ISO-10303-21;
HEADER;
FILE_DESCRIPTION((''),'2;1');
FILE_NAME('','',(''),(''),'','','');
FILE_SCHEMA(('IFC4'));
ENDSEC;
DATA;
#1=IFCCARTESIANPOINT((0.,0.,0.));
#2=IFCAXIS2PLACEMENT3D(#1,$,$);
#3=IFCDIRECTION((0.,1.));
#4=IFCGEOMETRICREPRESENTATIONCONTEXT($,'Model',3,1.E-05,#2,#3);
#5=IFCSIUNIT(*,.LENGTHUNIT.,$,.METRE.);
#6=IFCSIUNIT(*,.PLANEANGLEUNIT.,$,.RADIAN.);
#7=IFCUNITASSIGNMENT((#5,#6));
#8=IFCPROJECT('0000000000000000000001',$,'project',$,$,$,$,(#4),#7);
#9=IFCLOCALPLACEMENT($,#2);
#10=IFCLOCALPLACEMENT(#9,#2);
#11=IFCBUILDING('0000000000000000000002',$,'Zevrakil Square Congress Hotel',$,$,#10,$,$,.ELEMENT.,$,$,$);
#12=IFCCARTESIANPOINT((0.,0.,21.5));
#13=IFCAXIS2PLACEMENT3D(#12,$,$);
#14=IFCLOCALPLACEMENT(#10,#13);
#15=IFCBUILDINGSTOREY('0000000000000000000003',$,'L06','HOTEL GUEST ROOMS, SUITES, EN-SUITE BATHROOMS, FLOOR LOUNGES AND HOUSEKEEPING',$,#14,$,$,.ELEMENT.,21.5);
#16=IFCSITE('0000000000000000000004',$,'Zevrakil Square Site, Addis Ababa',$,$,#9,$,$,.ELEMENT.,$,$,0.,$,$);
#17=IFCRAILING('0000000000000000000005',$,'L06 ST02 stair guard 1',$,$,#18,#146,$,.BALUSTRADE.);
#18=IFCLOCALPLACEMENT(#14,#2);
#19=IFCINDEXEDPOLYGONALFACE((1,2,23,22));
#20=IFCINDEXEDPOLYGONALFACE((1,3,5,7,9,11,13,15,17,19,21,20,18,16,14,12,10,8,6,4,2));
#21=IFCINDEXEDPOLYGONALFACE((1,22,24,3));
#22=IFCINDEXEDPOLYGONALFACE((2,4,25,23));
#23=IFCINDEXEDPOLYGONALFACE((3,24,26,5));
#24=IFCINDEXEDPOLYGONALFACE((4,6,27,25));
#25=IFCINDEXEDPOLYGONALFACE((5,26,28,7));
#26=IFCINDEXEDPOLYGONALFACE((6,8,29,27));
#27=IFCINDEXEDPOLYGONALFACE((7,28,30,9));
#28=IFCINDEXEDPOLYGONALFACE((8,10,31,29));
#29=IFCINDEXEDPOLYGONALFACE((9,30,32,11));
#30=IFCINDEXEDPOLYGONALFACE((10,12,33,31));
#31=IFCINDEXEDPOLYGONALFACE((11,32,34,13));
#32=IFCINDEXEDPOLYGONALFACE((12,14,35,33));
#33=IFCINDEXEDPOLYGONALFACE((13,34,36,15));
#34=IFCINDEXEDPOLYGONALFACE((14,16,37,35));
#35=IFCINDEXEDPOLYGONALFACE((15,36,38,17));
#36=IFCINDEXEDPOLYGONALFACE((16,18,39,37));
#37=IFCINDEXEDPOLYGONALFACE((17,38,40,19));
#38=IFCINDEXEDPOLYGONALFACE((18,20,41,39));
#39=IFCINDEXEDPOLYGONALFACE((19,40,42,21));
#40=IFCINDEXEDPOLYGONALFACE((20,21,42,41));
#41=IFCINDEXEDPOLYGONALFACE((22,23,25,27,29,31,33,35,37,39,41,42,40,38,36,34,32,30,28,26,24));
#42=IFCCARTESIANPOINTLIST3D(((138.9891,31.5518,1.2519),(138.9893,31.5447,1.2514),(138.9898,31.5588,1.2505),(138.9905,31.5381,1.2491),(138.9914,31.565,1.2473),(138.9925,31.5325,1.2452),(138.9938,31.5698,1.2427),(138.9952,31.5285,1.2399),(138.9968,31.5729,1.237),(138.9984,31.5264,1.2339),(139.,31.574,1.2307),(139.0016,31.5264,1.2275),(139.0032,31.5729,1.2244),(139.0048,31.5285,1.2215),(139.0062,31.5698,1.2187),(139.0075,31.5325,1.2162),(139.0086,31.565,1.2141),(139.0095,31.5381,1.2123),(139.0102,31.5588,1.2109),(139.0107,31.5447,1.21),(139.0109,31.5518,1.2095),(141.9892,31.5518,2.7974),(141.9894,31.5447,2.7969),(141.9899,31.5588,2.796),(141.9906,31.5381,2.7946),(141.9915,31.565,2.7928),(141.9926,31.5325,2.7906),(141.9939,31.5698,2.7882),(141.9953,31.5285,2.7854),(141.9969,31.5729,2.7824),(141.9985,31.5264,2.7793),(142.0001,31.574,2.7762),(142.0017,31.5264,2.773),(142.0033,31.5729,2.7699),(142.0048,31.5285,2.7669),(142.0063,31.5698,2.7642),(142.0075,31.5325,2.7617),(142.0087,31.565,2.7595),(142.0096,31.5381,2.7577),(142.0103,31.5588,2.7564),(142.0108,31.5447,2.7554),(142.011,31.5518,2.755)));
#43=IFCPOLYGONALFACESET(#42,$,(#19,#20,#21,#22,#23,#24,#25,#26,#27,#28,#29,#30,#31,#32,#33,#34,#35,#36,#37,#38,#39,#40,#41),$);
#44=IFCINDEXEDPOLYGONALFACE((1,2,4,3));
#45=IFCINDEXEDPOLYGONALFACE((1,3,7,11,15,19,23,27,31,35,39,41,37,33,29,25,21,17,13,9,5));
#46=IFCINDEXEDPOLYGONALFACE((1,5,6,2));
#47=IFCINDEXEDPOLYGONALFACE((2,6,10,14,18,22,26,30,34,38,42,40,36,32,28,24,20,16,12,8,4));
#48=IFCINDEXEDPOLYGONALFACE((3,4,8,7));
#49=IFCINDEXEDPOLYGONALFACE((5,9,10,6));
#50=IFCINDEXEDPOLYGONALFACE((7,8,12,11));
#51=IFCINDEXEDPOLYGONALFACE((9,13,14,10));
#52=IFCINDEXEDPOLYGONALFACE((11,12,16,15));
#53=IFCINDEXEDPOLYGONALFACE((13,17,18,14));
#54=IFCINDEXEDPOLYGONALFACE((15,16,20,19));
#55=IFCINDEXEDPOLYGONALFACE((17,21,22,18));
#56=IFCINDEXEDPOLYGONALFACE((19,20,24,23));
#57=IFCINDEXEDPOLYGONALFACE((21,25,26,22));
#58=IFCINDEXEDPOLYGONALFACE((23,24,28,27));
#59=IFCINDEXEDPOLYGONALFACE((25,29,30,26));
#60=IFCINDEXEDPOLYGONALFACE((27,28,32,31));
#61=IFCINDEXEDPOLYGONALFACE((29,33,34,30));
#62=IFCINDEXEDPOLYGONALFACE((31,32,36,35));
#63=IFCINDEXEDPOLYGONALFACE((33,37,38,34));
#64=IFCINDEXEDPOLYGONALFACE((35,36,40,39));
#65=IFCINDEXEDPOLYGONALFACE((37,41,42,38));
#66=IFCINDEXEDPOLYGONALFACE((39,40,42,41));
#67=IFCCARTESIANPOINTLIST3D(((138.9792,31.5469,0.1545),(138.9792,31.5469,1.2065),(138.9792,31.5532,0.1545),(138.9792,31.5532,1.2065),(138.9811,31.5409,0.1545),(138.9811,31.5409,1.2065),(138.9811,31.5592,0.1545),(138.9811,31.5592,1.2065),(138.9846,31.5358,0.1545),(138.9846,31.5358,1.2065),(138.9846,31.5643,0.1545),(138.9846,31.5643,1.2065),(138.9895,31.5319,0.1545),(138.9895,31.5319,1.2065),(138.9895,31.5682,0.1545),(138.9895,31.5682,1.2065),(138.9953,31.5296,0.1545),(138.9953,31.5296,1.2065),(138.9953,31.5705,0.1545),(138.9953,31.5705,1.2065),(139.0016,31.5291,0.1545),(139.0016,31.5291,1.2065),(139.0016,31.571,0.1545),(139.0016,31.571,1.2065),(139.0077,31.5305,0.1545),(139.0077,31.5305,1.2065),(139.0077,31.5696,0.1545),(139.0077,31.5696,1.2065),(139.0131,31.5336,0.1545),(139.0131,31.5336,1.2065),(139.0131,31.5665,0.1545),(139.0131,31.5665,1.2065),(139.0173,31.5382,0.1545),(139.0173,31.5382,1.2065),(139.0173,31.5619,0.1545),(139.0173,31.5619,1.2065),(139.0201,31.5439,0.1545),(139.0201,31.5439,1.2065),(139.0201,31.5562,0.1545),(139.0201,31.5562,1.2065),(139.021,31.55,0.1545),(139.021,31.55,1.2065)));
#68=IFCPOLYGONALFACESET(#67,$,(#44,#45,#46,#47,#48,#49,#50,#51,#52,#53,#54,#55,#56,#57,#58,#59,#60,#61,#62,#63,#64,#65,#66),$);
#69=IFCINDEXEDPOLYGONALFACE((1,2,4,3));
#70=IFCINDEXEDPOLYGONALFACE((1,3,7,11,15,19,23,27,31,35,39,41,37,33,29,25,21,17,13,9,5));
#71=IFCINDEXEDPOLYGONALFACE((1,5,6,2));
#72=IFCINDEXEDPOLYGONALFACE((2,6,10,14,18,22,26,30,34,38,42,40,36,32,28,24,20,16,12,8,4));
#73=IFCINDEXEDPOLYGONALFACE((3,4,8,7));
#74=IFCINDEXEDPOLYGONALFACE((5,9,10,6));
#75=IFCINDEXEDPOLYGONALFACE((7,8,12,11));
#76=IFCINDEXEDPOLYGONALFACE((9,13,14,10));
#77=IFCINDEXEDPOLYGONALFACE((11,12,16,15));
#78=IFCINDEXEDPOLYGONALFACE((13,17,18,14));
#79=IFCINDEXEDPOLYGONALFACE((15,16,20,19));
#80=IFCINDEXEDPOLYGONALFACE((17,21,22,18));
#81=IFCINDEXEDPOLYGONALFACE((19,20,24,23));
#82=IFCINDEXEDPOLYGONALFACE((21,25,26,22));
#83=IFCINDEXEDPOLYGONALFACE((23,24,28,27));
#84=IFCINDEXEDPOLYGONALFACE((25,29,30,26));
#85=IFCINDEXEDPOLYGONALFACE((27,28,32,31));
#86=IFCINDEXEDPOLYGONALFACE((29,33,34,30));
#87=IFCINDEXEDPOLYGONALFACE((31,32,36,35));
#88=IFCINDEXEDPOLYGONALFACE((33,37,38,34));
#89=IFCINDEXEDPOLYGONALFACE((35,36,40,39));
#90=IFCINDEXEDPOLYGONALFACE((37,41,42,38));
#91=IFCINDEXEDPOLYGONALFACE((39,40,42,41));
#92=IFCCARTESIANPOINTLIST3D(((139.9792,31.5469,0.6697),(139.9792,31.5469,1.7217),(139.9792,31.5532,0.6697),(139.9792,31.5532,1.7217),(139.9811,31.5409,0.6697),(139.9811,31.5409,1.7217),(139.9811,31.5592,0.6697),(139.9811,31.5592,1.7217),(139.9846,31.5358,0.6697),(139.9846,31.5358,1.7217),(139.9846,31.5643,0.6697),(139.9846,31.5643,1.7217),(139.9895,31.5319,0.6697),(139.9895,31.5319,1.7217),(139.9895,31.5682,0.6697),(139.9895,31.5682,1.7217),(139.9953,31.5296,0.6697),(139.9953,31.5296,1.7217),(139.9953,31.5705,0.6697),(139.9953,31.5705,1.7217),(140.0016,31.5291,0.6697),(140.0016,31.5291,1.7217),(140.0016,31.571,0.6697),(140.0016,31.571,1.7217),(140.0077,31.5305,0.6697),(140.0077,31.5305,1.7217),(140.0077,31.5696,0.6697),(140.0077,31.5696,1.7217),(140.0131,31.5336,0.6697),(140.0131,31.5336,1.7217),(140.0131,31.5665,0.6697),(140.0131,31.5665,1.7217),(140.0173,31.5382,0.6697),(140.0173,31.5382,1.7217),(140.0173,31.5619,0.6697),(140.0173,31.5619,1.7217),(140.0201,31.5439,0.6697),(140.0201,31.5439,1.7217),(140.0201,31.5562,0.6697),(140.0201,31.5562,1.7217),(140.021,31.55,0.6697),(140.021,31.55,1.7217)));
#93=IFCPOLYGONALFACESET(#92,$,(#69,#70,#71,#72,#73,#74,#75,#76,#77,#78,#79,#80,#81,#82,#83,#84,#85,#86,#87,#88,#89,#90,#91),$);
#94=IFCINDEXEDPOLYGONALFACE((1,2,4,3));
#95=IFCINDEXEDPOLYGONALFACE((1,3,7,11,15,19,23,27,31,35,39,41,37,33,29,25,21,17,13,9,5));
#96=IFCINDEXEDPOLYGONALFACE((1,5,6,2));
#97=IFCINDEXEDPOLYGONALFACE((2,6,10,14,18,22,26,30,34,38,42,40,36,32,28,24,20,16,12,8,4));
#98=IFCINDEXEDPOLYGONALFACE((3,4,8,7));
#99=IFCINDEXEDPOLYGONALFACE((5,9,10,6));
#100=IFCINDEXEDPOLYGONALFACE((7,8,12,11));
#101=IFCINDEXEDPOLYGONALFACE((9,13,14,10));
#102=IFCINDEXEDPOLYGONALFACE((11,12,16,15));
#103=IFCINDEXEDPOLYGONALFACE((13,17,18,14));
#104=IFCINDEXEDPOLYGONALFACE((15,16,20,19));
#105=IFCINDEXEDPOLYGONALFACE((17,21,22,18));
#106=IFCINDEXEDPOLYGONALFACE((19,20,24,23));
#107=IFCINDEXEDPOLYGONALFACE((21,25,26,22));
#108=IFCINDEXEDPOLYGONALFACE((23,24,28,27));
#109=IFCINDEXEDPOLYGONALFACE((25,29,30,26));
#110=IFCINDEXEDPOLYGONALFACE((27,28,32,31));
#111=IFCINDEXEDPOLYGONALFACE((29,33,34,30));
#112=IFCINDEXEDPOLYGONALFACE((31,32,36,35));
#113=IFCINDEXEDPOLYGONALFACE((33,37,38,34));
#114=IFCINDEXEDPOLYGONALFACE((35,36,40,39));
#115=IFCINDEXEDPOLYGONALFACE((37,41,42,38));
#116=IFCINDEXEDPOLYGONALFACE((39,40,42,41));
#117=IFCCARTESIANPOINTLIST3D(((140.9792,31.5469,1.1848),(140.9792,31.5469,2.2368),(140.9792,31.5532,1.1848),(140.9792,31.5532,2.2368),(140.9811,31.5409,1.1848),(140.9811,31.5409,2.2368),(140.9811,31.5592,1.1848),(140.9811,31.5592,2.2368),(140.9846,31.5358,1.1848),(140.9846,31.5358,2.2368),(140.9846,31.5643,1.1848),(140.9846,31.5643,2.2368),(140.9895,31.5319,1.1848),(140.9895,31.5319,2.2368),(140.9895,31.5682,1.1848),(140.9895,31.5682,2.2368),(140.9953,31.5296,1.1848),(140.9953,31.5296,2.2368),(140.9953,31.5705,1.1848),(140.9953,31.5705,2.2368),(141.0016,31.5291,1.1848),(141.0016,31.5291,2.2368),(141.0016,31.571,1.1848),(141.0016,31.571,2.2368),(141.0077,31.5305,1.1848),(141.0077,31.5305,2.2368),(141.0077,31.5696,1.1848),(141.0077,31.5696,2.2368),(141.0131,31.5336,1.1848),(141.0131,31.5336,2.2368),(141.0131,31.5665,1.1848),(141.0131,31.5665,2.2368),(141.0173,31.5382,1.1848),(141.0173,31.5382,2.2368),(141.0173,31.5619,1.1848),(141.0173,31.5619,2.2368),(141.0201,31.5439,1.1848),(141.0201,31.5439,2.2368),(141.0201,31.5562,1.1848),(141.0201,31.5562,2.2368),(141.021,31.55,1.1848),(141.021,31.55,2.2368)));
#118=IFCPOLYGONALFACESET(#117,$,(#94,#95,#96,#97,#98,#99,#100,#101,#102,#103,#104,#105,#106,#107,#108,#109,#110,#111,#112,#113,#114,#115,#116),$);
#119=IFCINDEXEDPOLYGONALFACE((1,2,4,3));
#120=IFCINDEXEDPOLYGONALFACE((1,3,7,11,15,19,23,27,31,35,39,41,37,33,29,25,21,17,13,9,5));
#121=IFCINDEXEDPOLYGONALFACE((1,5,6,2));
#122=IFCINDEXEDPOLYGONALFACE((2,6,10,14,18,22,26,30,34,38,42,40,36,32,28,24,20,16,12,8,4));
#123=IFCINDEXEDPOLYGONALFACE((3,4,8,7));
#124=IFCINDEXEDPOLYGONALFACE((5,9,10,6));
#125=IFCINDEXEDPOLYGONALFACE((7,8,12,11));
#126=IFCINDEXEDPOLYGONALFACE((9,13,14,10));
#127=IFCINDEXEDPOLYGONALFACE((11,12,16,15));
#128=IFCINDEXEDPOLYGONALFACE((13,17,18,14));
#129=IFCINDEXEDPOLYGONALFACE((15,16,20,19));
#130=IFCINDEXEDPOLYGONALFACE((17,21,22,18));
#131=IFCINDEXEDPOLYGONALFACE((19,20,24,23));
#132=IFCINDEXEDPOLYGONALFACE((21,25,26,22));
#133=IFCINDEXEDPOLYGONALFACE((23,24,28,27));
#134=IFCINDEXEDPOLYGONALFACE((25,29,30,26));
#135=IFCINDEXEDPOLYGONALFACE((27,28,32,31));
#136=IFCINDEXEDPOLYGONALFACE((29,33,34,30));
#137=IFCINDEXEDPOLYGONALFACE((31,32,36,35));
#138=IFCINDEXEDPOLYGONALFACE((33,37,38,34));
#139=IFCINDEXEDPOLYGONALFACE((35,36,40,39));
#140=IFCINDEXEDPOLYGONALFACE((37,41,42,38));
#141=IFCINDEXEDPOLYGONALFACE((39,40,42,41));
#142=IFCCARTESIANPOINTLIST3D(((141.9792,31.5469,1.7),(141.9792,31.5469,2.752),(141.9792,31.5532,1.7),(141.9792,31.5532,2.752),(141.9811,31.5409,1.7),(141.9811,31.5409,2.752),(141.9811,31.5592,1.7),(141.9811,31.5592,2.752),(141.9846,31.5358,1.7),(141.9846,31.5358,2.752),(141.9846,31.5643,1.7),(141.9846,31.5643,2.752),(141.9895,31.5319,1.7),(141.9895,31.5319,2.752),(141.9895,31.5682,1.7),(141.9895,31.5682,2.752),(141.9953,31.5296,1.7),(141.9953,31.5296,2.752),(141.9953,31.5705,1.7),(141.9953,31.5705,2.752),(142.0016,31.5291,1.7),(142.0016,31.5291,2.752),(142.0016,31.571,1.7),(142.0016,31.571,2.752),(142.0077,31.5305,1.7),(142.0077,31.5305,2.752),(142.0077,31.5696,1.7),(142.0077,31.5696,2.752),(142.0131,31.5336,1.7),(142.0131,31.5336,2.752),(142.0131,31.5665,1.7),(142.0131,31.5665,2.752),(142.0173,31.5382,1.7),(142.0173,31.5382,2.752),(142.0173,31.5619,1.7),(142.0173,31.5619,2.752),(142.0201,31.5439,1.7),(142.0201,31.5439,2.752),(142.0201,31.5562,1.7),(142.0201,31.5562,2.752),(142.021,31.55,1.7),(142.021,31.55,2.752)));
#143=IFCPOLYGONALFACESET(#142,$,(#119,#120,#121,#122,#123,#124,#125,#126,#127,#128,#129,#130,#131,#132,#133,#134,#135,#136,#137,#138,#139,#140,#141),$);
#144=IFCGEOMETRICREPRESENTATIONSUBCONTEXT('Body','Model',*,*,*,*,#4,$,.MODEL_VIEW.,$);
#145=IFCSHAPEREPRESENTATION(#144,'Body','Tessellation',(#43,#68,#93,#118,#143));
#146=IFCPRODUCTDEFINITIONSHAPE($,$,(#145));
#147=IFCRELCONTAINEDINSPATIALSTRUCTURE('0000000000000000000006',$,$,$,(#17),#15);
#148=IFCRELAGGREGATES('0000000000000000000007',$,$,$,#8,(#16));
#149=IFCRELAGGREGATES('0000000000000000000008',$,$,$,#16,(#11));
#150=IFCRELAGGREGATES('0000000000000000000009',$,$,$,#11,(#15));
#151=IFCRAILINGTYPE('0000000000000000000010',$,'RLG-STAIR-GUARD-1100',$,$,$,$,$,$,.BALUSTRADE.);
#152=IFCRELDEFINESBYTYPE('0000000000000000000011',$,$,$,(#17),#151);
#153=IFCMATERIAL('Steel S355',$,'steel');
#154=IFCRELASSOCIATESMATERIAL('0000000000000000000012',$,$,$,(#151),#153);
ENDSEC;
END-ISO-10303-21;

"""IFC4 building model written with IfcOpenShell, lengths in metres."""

from ifc_helpers import new_model, si_unit, direction, frame, origin, origin_2d, place, context, subcontext, project, spatial, circle, extrude, material, type_object, element, save


model = new_model("IFC4")

# Units and contexts
model_context = context("Model", 3, precision=1e-05, world=origin(), true_north=direction((0.0, 1.0)))
body_context = subcontext(model_context, "Body", "Model", "MODEL_VIEW")
ifc_project = project(units=[si_unit("LENGTHUNIT", "METRE"), si_unit("PLANEANGLEUNIT", "RADIAN")], contexts=[model_context])

# Site, building, storey
site_placement = place(None, origin())
site = spatial("IfcSite", under=ifc_project, at=site_placement, Name="Zevrakil Square Site, Addis Ababa", CompositionType="ELEMENT", RefElevation=0.0)
building_placement = place(site_placement, origin())
building = spatial("IfcBuilding", under=site, at=building_placement, Name="Zevrakil Square Congress Hotel", CompositionType="ELEMENT")
storey_placement = place(building_placement, frame((0.0, 0.0, 21.5)))
storey = spatial("IfcBuildingStorey", under=building, at=storey_placement, Name="L06", Description="HOTEL GUEST ROOMS, SUITES, EN-SUITE BATHROOMS, FLOOR LOUNGES AND HOUSEKEEPING", CompositionType="ELEMENT", Elevation=21.5)

# Railing
ifc_material_1 = material(Name="Steel S355", Category="steel")
railing_type_1 = type_object("IfcRailingType", Name="RLG-STAIR-GUARD-1100", PredefinedType="BALUSTRADE", material=ifc_material_1)
railing_1_placement = place(storey_placement, frame((139.0, 31.55, 0.1545)))
element("IfcRailing", 1, at=railing_1_placement, inside=storey, type_object=railing_type_1, Name="L06 ST02 stair guard 1", PredefinedType="BALUSTRADE", context=body_context, shape_type="SweptSolid", body=[
    extrude(circle(Radius=0.0239, at=origin_2d()), frame((0.0, 0.0, 1.0762), z_axis=(0.88898, 0.0, 0.457946), x_axis=(0.0, 1.0, 0.0)), (0.0, 0.0, 1.0), 3.3748),
    extrude(circle(Radius=0.021, at=origin_2d()), origin(), (0.0, 0.0, 1.0), 1.052),
    extrude(circle(Radius=0.021, at=origin_2d()), frame((1.0, 0.0, 0.5151)), (0.0, 0.0, 1.0), 1.052),
    extrude(circle(Radius=0.021, at=origin_2d()), frame((2.0, 0.0, 1.0303)), (0.0, 0.0, 1.0), 1.052),
    extrude(circle(Radius=0.021, at=origin_2d()), frame((3.0, 0.0, 1.5454)), (0.0, 0.0, 1.0), 1.052),
])

save(model, "model.ifc")
